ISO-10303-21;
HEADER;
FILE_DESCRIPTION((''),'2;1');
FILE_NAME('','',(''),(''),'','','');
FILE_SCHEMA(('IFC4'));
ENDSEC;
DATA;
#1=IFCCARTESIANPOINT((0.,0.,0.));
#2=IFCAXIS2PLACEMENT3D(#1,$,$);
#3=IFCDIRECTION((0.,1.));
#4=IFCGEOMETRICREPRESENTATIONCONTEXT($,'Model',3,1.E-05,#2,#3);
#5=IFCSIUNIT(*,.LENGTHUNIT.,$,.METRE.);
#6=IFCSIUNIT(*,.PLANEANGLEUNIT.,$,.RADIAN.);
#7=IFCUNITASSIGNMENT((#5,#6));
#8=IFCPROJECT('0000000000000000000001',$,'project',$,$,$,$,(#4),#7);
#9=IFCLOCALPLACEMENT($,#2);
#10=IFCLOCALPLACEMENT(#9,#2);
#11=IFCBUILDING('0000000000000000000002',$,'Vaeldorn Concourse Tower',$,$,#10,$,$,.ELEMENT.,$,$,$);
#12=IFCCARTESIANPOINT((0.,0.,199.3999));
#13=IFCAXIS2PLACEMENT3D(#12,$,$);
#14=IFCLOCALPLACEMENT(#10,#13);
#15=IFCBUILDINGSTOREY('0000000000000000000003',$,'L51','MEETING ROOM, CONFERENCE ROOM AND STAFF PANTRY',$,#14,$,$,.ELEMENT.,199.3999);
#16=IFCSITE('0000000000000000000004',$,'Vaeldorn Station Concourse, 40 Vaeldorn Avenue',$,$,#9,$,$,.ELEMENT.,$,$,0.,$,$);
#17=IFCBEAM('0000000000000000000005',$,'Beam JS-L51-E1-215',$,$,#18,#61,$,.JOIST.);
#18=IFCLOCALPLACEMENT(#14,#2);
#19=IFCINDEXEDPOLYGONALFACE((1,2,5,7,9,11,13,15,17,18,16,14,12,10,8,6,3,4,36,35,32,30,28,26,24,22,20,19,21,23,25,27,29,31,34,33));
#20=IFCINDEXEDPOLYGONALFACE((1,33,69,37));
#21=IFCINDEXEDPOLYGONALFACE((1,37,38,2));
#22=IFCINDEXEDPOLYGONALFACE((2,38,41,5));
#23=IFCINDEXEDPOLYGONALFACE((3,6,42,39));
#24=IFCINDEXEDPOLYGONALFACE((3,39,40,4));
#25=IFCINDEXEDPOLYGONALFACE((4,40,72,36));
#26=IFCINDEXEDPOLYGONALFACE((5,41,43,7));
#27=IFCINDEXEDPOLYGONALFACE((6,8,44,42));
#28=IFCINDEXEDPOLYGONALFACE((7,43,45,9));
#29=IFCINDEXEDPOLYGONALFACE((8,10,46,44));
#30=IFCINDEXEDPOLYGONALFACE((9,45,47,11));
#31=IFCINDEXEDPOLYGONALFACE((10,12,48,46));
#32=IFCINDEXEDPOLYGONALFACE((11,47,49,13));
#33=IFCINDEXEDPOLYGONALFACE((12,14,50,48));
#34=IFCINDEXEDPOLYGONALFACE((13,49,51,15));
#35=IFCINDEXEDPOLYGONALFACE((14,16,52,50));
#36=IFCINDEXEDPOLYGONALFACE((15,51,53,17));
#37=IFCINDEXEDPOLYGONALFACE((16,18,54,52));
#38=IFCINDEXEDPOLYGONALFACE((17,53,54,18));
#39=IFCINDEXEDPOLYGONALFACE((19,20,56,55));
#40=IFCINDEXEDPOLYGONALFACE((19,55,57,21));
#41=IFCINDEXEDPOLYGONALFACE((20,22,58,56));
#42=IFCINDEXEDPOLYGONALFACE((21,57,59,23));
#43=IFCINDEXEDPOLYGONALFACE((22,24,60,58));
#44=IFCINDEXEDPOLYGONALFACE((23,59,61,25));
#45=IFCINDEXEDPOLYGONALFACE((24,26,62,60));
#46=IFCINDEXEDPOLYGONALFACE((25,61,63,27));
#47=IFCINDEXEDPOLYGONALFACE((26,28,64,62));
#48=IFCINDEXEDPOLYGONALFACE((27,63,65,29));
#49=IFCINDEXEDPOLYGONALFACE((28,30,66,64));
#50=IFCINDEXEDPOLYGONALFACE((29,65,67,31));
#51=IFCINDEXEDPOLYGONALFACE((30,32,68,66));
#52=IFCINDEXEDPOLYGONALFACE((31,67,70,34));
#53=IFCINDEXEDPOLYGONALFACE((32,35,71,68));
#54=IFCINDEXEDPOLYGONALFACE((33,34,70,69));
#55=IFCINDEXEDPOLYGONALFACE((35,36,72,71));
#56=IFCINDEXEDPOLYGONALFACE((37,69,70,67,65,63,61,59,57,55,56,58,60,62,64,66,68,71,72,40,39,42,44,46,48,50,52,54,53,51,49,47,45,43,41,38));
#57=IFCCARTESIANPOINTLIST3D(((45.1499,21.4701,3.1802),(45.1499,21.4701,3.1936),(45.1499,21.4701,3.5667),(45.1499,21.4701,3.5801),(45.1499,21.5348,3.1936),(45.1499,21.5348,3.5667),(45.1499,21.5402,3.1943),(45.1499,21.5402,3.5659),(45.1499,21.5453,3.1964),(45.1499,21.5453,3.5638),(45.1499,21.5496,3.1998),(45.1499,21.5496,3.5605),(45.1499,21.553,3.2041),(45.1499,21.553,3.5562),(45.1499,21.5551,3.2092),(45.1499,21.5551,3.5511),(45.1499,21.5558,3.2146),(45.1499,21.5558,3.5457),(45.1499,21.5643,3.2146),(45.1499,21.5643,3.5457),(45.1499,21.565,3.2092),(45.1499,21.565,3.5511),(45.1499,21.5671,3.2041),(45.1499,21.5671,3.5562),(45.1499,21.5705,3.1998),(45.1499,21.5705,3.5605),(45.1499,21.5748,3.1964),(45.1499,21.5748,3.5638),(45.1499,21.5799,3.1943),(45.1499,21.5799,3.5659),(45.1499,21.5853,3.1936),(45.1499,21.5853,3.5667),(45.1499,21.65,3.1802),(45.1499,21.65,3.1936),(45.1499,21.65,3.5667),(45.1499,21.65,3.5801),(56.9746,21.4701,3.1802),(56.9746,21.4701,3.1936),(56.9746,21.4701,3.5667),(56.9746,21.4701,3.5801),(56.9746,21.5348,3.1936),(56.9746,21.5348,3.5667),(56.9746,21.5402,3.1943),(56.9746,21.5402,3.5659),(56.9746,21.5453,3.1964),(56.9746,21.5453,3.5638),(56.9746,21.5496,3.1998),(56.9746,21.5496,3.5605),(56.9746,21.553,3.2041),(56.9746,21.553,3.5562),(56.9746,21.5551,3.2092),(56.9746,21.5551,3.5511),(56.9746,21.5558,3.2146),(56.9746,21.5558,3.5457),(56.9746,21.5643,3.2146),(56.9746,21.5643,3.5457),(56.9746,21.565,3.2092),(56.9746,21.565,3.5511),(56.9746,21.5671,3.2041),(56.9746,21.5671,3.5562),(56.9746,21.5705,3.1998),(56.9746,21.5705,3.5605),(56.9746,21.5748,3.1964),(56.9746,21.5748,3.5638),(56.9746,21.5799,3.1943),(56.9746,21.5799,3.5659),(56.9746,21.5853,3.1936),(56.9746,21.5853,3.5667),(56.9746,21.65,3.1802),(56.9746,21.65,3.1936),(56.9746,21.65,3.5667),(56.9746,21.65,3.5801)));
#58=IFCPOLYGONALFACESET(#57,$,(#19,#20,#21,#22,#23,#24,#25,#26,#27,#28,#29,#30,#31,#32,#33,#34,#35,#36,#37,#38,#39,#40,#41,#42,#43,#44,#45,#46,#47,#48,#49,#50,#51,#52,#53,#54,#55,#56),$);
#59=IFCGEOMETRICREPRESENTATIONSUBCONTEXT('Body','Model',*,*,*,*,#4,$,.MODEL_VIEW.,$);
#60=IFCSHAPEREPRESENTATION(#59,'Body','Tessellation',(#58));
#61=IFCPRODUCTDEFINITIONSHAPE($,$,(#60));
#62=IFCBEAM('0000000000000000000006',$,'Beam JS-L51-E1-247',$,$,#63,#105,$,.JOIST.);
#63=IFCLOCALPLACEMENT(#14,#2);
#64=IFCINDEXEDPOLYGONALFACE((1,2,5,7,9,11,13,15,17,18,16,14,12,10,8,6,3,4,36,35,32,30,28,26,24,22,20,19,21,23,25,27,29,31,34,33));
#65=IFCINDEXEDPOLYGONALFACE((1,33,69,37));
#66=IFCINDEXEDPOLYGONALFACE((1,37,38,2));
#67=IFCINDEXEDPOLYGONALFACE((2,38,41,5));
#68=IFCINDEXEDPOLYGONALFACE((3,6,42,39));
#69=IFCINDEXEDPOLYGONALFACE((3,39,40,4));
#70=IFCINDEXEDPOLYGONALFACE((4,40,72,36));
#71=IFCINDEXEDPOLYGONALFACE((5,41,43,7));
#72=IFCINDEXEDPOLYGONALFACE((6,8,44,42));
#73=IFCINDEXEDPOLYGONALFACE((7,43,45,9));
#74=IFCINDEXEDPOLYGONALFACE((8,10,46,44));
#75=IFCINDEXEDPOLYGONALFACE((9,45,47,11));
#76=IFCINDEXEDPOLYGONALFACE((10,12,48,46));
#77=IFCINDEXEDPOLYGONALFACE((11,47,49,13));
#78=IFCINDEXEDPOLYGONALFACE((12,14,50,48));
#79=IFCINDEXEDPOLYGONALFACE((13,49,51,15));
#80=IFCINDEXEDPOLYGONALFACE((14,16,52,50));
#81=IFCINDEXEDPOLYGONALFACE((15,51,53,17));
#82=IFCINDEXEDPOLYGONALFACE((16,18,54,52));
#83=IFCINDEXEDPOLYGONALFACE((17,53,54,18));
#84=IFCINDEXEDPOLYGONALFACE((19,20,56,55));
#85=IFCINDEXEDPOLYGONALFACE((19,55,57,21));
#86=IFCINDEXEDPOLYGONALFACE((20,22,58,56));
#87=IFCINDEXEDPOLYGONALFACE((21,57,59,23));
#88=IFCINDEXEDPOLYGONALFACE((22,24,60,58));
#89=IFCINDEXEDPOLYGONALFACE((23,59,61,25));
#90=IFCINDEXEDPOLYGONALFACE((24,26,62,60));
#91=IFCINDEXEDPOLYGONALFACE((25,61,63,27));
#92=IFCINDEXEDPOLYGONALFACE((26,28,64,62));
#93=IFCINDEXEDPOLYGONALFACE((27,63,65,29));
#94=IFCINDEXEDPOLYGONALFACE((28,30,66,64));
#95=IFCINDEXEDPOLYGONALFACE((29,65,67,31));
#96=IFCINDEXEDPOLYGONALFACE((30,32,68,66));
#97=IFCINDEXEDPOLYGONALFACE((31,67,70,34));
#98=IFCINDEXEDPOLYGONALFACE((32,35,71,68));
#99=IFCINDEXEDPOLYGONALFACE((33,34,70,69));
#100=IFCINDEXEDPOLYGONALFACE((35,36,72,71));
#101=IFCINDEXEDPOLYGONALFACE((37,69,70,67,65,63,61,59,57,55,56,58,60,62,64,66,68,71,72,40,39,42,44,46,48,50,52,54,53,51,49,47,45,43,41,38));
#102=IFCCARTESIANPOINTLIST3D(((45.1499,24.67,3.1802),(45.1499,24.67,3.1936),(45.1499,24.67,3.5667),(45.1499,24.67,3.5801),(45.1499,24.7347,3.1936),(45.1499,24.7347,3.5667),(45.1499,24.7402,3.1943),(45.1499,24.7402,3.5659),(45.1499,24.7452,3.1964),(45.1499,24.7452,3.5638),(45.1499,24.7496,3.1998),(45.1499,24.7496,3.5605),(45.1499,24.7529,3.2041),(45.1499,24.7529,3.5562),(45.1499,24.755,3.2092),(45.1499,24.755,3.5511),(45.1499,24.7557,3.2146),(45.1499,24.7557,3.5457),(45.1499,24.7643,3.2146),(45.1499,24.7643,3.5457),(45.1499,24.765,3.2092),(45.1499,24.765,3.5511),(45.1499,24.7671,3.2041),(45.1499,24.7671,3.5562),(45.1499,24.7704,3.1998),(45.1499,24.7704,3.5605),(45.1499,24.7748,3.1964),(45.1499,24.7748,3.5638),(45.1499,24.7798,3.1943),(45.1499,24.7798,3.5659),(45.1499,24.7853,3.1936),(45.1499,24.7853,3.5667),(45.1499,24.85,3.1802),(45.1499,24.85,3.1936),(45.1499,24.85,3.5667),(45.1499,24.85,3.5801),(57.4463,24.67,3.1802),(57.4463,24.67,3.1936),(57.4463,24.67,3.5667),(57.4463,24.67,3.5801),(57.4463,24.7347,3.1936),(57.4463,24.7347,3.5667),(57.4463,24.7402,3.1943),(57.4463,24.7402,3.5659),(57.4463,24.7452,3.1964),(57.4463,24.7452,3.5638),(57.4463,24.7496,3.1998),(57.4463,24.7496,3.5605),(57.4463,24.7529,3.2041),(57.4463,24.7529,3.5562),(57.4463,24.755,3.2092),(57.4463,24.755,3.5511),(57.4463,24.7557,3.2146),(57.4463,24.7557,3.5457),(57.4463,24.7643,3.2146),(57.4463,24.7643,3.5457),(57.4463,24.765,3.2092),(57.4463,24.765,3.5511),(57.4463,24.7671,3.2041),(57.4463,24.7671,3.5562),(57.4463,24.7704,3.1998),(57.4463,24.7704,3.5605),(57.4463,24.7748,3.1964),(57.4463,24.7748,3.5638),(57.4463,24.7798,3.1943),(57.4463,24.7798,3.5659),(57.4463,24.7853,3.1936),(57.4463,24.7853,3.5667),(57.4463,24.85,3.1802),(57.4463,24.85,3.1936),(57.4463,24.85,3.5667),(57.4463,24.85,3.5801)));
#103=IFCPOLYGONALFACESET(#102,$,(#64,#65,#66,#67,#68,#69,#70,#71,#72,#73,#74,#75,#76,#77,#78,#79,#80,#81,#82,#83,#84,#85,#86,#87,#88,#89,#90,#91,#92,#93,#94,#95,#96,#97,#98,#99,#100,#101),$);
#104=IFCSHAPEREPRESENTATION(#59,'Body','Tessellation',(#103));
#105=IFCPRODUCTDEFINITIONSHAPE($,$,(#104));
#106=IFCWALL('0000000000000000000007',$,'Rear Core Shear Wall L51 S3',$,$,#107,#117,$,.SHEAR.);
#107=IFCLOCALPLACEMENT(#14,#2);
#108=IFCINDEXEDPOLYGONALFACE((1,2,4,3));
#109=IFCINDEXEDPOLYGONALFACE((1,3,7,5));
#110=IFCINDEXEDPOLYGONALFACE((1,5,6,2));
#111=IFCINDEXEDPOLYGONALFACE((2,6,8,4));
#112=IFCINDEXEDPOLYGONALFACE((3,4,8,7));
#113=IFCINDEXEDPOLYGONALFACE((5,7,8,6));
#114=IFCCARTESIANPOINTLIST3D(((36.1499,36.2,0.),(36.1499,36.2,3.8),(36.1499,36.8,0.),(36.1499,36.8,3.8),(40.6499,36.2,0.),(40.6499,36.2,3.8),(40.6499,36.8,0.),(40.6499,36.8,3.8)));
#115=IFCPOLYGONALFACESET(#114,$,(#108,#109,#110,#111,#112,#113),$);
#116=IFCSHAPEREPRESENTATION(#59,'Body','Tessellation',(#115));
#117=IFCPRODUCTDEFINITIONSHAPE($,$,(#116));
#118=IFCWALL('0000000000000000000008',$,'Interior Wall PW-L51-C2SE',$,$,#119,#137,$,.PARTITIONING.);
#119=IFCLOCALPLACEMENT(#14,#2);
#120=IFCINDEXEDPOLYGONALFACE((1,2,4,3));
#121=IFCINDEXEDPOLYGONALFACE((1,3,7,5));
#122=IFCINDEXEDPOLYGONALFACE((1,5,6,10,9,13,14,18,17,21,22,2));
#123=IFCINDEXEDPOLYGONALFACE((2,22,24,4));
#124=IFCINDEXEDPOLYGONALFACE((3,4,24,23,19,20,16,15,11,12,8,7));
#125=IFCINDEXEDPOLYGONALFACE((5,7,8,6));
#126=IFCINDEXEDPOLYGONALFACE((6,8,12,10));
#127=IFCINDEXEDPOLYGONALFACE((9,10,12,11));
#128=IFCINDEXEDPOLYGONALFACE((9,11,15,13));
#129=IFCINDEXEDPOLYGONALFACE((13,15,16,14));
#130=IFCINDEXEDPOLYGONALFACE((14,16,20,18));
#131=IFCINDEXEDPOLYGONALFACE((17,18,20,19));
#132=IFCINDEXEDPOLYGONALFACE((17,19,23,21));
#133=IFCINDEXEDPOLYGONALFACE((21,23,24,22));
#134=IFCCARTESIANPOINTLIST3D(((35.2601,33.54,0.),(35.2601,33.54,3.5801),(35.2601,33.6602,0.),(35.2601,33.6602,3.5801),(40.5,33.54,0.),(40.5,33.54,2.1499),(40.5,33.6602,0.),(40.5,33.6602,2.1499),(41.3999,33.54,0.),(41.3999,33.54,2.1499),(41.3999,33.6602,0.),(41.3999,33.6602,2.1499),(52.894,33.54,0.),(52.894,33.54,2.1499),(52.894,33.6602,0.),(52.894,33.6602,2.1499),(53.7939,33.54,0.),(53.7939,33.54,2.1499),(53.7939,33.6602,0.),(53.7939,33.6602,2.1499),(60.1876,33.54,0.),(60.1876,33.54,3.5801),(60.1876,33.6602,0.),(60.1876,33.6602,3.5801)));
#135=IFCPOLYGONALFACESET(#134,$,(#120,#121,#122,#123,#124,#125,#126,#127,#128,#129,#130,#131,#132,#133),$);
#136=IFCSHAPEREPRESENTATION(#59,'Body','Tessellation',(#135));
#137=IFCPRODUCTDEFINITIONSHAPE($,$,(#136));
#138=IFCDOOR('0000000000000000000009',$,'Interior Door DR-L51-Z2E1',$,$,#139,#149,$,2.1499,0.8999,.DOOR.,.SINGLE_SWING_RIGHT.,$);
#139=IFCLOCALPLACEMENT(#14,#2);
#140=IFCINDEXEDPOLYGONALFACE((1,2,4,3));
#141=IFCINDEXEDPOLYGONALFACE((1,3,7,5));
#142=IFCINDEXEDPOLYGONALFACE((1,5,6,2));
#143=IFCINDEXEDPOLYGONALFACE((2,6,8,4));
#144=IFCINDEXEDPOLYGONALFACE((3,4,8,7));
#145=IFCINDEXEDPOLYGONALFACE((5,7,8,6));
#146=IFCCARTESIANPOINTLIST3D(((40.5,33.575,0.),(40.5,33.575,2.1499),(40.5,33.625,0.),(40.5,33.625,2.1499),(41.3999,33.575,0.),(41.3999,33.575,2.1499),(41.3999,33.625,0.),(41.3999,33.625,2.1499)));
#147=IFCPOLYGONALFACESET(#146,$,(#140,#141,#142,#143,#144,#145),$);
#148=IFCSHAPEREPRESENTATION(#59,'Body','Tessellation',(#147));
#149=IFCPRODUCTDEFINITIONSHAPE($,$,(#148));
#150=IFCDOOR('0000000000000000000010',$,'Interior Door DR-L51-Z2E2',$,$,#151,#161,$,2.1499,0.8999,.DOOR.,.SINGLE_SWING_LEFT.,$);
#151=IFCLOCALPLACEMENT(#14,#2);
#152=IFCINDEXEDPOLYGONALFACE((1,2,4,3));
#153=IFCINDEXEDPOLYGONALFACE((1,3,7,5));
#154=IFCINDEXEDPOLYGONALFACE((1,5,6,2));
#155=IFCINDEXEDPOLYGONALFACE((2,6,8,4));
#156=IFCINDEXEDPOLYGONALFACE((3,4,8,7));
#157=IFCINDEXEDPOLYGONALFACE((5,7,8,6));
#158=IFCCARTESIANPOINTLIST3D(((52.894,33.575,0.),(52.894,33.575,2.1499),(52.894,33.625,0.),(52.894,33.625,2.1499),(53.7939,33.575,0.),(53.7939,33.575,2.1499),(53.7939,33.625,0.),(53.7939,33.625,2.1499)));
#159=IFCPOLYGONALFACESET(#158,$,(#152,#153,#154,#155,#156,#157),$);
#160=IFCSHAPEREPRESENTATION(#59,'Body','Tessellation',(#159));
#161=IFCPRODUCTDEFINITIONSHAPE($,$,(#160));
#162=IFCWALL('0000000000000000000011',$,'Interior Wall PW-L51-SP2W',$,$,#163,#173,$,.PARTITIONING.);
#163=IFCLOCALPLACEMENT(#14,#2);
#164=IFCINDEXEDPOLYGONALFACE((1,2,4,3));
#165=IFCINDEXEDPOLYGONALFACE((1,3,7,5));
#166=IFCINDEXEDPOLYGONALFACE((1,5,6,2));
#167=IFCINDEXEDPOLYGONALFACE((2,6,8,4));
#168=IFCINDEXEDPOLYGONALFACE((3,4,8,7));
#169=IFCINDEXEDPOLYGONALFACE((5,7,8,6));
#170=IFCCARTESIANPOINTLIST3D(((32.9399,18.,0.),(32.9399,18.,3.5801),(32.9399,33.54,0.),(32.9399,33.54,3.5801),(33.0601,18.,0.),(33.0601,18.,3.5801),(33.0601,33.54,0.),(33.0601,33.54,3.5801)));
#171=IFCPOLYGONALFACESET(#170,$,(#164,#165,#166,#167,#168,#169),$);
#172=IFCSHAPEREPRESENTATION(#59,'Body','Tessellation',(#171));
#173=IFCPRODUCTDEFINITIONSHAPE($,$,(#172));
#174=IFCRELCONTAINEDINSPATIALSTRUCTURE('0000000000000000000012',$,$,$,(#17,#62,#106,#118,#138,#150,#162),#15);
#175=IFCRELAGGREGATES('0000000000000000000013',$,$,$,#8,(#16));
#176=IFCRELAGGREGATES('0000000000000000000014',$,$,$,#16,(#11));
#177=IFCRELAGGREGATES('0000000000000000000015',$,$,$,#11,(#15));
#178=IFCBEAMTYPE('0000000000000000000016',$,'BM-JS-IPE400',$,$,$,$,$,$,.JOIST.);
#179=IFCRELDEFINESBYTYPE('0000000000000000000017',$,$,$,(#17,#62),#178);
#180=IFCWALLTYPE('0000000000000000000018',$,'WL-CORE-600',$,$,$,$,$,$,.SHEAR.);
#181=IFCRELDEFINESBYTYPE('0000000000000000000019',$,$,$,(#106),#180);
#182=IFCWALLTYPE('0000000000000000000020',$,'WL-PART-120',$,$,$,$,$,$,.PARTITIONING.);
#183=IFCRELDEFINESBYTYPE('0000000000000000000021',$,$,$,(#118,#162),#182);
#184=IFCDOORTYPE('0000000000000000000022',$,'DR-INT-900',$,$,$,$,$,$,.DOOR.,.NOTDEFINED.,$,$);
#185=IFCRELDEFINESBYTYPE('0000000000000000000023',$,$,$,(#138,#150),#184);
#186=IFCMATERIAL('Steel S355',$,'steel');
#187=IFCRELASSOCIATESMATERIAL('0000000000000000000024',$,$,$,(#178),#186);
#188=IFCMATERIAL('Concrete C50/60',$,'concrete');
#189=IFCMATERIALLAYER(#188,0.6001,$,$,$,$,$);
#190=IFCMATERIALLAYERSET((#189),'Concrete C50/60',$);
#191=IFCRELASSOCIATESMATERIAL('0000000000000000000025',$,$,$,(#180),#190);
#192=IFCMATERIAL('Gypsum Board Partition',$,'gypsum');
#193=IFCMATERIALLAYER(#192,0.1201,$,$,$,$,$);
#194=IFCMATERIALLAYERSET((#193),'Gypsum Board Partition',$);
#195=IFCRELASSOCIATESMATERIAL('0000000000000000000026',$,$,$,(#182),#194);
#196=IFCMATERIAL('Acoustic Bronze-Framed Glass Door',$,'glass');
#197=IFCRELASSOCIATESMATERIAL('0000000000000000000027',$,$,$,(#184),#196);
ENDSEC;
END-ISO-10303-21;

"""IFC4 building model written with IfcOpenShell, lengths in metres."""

from ifc_helpers import new_model, si_unit, direction, frame, frame_2d, origin, origin_2d, place, context, subcontext, project, spatial, rectangle, i_section, extrude, source, transform, mapped, material, layer, layer_set, material_profile, profile_set, type_object, element, fill, save


model = new_model("IFC4")

# Units and contexts
model_context = context("Model", 3, precision=1e-05, world=origin(), true_north=direction((0.0, 1.0)))
body_context = subcontext(model_context, "Body", "Model", "MODEL_VIEW")
ifc_project = project(units=[si_unit("LENGTHUNIT", "METRE"), si_unit("PLANEANGLEUNIT", "RADIAN")], contexts=[model_context])

# Site, building, storey
site_placement = place(None, origin())
site = spatial("IfcSite", under=ifc_project, at=site_placement, Name="Vaeldorn Station Concourse, 40 Vaeldorn Avenue", CompositionType="ELEMENT", RefElevation=0.0)
building_placement = place(site_placement, origin())
building = spatial("IfcBuilding", under=site, at=building_placement, Name="Vaeldorn Concourse Tower", CompositionType="ELEMENT")
storey_placement = place(building_placement, frame((0.0, 0.0, 199.3999)))
storey = spatial("IfcBuildingStorey", under=building, at=storey_placement, Name="L51", Description="MEETING ROOM, CONFERENCE ROOM AND STAFF PANTRY", CompositionType="ELEMENT", Elevation=199.3999)

# Shared definitions
ifc_material_1 = material(Name="Steel S355", Category="steel")

# Beams
ifc_material_profile_1 = material_profile(ifc_material_1, i_section(OverallWidth=0.1799, OverallDepth=0.3999, WebThickness=0.0085, FlangeThickness=0.0134, FilletRadius=0.021, at=origin_2d()), Name="IPE 400")
ifc_profile_set_1 = profile_set([ifc_material_profile_1], Name="Steel S355")
beam_type_1 = type_object("IfcBeamType", Name="BM-JS-IPE400", PredefinedType="JOIST", material=ifc_profile_set_1)
shared_shape_1 = source(origin(), body_context, "Body", "SweptSolid", [
    extrude(i_section(OverallWidth=0.1799, OverallDepth=0.3999, WebThickness=0.0085, FlangeThickness=0.0134, FilletRadius=0.021, at=origin_2d()), origin(), (0.0, 0.0, 1.0), 11.8247),
])
beam_1_placement = place(storey_placement, frame((45.1499, 21.5601, 3.3801), z_axis=(1.0, 0.0, 0.0), x_axis=(0.0, 1.0, 0.0)))
element("IfcBeam", 1, at=beam_1_placement, inside=storey, type_object=beam_type_1, Name="Beam JS-L51-E1-215", PredefinedType="JOIST", context=body_context, shape_type="MappedRepresentation", body=[
    mapped(shared_shape_1, transform((0.0, 0.0, 0.0), scale=1.0)),
])
shared_shape_2 = source(origin(), body_context, "Body", "SweptSolid", [
    extrude(i_section(OverallWidth=0.1799, OverallDepth=0.3999, WebThickness=0.0085, FlangeThickness=0.0134, FilletRadius=0.021, at=origin_2d()), origin(), (0.0, 0.0, 1.0), 12.2964),
])
beam_2_placement = place(storey_placement, frame((45.1499, 24.76, 3.3801), z_axis=(1.0, 0.0, 0.0), x_axis=(0.0, 1.0, 0.0)))
element("IfcBeam", 2, at=beam_2_placement, inside=storey, type_object=beam_type_1, Name="Beam JS-L51-E1-247", PredefinedType="JOIST", context=body_context, shape_type="MappedRepresentation", body=[
    mapped(shared_shape_2, transform((0.0, 0.0, 0.0), scale=1.0)),
])

# Wall
ifc_material_2 = material(Name="Concrete C50/60", Category="concrete")
ifc_layer_1 = layer(ifc_material_2, 0.6001)
ifc_layer_set_1 = layer_set([ifc_layer_1], Name="Concrete C50/60")
wall_type_1 = type_object("IfcWallType", Name="WL-CORE-600", PredefinedType="SHEAR", material=ifc_layer_set_1)
wall_1_placement = place(storey_placement, frame((36.1499, 36.5, 0.0), z_axis=(0.0, 0.0, 1.0), x_axis=(1.0, 0.0, 0.0)))
element("IfcWall", 3, at=wall_1_placement, inside=storey, type_object=wall_type_1, Name="Rear Core Shear Wall L51 S3", PredefinedType="SHEAR", context=body_context, shape_type="SweptSolid", body=[
    extrude(rectangle(XDim=4.5, YDim=0.6001, at=frame_2d((2.25, 0.0))), origin(), (0.0, 0.0, 1.0), 3.8),
])

# Wall, openings, doors
ifc_material_3 = material(Name="Gypsum Board Partition", Category="gypsum")
ifc_layer_2 = layer(ifc_material_3, 0.1201)
ifc_layer_set_2 = layer_set([ifc_layer_2], Name="Gypsum Board Partition")
wall_type_2 = type_object("IfcWallType", Name="WL-PART-120", PredefinedType="PARTITIONING", material=ifc_layer_set_2)
wall_2_placement = place(storey_placement, frame((35.26, 33.6001, 0.0), z_axis=(0.0, 0.0, 1.0), x_axis=(1.0, 0.0, 0.0)))
wall_2 = element("IfcWall", 4, at=wall_2_placement, inside=storey, type_object=wall_type_2, Name="Interior Wall PW-L51-C2SE", PredefinedType="PARTITIONING", context=body_context, shape_type="SweptSolid", body=[
    extrude(rectangle(XDim=24.9275, YDim=0.1201, at=frame_2d((12.4639, 0.0))), origin(), (0.0, 0.0, 1.0), 3.5801),
])
opening_1_placement = place(wall_2_placement, frame((5.24, 0.0, 0.0)))
opening_1 = element("IfcOpeningElement", 5, at=opening_1_placement, cuts=wall_2, PredefinedType="OPENING", context=body_context, shape_type="SweptSolid", body=[
    extrude(rectangle(XDim=0.8999, YDim=2.1499, at=frame_2d((0.45, 1.075))), frame((0.0, 0.0701, 0.0), z_axis=(0.0, -1.0, 0.0), x_axis=(1.0, 0.0, 0.0)), (0.0, 0.0, 1.0), 0.1401),
])
opening_2_placement = place(wall_2_placement, frame((17.634, 0.0, 0.0)))
opening_2 = element("IfcOpeningElement", 6, at=opening_2_placement, cuts=wall_2, PredefinedType="OPENING", context=body_context, shape_type="SweptSolid", body=[
    extrude(rectangle(XDim=0.8999, YDim=2.1499, at=frame_2d((0.45, 1.075))), frame((0.0, 0.0701, 0.0), z_axis=(0.0, -1.0, 0.0), x_axis=(1.0, 0.0, 0.0)), (0.0, 0.0, 1.0), 0.1401),
])
ifc_material_4 = material(Name="Acoustic Bronze-Framed Glass Door", Category="glass")
door_type = type_object("IfcDoorType", Name="DR-INT-900", OperationType="NOTDEFINED", PredefinedType="DOOR", material=ifc_material_4)
shared_shape_3 = source(origin(), body_context, "Body", "SweptSolid", [
    extrude(rectangle(XDim=0.8999, YDim=2.1499, at=frame_2d((0.45, 1.075))), frame((0.0, 0.0249, 0.0), z_axis=(0.0, -1.0, 0.0), x_axis=(1.0, 0.0, 0.0)), (0.0, 0.0, 1.0), 0.05),
])
door_1_placement = place(opening_1_placement, origin())
door_1 = element("IfcDoor", 7, at=door_1_placement, inside=storey, type_object=door_type, Name="Interior Door DR-L51-Z2E1", OperationType="SINGLE_SWING_RIGHT", OverallHeight=2.1499, OverallWidth=0.8999, PredefinedType="DOOR", context=body_context, shape_type="MappedRepresentation", body=[
    mapped(shared_shape_3, transform((0.0, 0.0, 0.0), scale=1.0)),
])
fill(opening_1, door_1)
door_2_placement = place(opening_2_placement, origin())
door_2 = element("IfcDoor", 8, at=door_2_placement, inside=storey, type_object=door_type, Name="Interior Door DR-L51-Z2E2", OperationType="SINGLE_SWING_LEFT", OverallHeight=2.1499, OverallWidth=0.8999, PredefinedType="DOOR", context=body_context, shape_type="MappedRepresentation", body=[
    mapped(shared_shape_3, transform((0.0, 0.0, 0.0), scale=1.0)),
])
fill(opening_2, door_2)

# Wall
for number, where, z_axis, x_axis, name in (
    (9, (33.0, 18.0, 0.0), (0.0, 0.0, 1.0), (0.0, 1.0, 0.0), "Interior Wall PW-L51-SP2W"),
):
    element("IfcWall", number, at=place(storey_placement, frame(where, z_axis=z_axis, x_axis=x_axis)), inside=storey, type_object=wall_type_2, Name=name, PredefinedType="PARTITIONING", context=body_context, shape_type="SweptSolid", body=[
        extrude(rectangle(XDim=15.54, YDim=0.1201, at=frame_2d((7.77, 0.0))), origin(), (0.0, 0.0, 1.0), 3.5801),
    ])

save(model, "model.ifc")
